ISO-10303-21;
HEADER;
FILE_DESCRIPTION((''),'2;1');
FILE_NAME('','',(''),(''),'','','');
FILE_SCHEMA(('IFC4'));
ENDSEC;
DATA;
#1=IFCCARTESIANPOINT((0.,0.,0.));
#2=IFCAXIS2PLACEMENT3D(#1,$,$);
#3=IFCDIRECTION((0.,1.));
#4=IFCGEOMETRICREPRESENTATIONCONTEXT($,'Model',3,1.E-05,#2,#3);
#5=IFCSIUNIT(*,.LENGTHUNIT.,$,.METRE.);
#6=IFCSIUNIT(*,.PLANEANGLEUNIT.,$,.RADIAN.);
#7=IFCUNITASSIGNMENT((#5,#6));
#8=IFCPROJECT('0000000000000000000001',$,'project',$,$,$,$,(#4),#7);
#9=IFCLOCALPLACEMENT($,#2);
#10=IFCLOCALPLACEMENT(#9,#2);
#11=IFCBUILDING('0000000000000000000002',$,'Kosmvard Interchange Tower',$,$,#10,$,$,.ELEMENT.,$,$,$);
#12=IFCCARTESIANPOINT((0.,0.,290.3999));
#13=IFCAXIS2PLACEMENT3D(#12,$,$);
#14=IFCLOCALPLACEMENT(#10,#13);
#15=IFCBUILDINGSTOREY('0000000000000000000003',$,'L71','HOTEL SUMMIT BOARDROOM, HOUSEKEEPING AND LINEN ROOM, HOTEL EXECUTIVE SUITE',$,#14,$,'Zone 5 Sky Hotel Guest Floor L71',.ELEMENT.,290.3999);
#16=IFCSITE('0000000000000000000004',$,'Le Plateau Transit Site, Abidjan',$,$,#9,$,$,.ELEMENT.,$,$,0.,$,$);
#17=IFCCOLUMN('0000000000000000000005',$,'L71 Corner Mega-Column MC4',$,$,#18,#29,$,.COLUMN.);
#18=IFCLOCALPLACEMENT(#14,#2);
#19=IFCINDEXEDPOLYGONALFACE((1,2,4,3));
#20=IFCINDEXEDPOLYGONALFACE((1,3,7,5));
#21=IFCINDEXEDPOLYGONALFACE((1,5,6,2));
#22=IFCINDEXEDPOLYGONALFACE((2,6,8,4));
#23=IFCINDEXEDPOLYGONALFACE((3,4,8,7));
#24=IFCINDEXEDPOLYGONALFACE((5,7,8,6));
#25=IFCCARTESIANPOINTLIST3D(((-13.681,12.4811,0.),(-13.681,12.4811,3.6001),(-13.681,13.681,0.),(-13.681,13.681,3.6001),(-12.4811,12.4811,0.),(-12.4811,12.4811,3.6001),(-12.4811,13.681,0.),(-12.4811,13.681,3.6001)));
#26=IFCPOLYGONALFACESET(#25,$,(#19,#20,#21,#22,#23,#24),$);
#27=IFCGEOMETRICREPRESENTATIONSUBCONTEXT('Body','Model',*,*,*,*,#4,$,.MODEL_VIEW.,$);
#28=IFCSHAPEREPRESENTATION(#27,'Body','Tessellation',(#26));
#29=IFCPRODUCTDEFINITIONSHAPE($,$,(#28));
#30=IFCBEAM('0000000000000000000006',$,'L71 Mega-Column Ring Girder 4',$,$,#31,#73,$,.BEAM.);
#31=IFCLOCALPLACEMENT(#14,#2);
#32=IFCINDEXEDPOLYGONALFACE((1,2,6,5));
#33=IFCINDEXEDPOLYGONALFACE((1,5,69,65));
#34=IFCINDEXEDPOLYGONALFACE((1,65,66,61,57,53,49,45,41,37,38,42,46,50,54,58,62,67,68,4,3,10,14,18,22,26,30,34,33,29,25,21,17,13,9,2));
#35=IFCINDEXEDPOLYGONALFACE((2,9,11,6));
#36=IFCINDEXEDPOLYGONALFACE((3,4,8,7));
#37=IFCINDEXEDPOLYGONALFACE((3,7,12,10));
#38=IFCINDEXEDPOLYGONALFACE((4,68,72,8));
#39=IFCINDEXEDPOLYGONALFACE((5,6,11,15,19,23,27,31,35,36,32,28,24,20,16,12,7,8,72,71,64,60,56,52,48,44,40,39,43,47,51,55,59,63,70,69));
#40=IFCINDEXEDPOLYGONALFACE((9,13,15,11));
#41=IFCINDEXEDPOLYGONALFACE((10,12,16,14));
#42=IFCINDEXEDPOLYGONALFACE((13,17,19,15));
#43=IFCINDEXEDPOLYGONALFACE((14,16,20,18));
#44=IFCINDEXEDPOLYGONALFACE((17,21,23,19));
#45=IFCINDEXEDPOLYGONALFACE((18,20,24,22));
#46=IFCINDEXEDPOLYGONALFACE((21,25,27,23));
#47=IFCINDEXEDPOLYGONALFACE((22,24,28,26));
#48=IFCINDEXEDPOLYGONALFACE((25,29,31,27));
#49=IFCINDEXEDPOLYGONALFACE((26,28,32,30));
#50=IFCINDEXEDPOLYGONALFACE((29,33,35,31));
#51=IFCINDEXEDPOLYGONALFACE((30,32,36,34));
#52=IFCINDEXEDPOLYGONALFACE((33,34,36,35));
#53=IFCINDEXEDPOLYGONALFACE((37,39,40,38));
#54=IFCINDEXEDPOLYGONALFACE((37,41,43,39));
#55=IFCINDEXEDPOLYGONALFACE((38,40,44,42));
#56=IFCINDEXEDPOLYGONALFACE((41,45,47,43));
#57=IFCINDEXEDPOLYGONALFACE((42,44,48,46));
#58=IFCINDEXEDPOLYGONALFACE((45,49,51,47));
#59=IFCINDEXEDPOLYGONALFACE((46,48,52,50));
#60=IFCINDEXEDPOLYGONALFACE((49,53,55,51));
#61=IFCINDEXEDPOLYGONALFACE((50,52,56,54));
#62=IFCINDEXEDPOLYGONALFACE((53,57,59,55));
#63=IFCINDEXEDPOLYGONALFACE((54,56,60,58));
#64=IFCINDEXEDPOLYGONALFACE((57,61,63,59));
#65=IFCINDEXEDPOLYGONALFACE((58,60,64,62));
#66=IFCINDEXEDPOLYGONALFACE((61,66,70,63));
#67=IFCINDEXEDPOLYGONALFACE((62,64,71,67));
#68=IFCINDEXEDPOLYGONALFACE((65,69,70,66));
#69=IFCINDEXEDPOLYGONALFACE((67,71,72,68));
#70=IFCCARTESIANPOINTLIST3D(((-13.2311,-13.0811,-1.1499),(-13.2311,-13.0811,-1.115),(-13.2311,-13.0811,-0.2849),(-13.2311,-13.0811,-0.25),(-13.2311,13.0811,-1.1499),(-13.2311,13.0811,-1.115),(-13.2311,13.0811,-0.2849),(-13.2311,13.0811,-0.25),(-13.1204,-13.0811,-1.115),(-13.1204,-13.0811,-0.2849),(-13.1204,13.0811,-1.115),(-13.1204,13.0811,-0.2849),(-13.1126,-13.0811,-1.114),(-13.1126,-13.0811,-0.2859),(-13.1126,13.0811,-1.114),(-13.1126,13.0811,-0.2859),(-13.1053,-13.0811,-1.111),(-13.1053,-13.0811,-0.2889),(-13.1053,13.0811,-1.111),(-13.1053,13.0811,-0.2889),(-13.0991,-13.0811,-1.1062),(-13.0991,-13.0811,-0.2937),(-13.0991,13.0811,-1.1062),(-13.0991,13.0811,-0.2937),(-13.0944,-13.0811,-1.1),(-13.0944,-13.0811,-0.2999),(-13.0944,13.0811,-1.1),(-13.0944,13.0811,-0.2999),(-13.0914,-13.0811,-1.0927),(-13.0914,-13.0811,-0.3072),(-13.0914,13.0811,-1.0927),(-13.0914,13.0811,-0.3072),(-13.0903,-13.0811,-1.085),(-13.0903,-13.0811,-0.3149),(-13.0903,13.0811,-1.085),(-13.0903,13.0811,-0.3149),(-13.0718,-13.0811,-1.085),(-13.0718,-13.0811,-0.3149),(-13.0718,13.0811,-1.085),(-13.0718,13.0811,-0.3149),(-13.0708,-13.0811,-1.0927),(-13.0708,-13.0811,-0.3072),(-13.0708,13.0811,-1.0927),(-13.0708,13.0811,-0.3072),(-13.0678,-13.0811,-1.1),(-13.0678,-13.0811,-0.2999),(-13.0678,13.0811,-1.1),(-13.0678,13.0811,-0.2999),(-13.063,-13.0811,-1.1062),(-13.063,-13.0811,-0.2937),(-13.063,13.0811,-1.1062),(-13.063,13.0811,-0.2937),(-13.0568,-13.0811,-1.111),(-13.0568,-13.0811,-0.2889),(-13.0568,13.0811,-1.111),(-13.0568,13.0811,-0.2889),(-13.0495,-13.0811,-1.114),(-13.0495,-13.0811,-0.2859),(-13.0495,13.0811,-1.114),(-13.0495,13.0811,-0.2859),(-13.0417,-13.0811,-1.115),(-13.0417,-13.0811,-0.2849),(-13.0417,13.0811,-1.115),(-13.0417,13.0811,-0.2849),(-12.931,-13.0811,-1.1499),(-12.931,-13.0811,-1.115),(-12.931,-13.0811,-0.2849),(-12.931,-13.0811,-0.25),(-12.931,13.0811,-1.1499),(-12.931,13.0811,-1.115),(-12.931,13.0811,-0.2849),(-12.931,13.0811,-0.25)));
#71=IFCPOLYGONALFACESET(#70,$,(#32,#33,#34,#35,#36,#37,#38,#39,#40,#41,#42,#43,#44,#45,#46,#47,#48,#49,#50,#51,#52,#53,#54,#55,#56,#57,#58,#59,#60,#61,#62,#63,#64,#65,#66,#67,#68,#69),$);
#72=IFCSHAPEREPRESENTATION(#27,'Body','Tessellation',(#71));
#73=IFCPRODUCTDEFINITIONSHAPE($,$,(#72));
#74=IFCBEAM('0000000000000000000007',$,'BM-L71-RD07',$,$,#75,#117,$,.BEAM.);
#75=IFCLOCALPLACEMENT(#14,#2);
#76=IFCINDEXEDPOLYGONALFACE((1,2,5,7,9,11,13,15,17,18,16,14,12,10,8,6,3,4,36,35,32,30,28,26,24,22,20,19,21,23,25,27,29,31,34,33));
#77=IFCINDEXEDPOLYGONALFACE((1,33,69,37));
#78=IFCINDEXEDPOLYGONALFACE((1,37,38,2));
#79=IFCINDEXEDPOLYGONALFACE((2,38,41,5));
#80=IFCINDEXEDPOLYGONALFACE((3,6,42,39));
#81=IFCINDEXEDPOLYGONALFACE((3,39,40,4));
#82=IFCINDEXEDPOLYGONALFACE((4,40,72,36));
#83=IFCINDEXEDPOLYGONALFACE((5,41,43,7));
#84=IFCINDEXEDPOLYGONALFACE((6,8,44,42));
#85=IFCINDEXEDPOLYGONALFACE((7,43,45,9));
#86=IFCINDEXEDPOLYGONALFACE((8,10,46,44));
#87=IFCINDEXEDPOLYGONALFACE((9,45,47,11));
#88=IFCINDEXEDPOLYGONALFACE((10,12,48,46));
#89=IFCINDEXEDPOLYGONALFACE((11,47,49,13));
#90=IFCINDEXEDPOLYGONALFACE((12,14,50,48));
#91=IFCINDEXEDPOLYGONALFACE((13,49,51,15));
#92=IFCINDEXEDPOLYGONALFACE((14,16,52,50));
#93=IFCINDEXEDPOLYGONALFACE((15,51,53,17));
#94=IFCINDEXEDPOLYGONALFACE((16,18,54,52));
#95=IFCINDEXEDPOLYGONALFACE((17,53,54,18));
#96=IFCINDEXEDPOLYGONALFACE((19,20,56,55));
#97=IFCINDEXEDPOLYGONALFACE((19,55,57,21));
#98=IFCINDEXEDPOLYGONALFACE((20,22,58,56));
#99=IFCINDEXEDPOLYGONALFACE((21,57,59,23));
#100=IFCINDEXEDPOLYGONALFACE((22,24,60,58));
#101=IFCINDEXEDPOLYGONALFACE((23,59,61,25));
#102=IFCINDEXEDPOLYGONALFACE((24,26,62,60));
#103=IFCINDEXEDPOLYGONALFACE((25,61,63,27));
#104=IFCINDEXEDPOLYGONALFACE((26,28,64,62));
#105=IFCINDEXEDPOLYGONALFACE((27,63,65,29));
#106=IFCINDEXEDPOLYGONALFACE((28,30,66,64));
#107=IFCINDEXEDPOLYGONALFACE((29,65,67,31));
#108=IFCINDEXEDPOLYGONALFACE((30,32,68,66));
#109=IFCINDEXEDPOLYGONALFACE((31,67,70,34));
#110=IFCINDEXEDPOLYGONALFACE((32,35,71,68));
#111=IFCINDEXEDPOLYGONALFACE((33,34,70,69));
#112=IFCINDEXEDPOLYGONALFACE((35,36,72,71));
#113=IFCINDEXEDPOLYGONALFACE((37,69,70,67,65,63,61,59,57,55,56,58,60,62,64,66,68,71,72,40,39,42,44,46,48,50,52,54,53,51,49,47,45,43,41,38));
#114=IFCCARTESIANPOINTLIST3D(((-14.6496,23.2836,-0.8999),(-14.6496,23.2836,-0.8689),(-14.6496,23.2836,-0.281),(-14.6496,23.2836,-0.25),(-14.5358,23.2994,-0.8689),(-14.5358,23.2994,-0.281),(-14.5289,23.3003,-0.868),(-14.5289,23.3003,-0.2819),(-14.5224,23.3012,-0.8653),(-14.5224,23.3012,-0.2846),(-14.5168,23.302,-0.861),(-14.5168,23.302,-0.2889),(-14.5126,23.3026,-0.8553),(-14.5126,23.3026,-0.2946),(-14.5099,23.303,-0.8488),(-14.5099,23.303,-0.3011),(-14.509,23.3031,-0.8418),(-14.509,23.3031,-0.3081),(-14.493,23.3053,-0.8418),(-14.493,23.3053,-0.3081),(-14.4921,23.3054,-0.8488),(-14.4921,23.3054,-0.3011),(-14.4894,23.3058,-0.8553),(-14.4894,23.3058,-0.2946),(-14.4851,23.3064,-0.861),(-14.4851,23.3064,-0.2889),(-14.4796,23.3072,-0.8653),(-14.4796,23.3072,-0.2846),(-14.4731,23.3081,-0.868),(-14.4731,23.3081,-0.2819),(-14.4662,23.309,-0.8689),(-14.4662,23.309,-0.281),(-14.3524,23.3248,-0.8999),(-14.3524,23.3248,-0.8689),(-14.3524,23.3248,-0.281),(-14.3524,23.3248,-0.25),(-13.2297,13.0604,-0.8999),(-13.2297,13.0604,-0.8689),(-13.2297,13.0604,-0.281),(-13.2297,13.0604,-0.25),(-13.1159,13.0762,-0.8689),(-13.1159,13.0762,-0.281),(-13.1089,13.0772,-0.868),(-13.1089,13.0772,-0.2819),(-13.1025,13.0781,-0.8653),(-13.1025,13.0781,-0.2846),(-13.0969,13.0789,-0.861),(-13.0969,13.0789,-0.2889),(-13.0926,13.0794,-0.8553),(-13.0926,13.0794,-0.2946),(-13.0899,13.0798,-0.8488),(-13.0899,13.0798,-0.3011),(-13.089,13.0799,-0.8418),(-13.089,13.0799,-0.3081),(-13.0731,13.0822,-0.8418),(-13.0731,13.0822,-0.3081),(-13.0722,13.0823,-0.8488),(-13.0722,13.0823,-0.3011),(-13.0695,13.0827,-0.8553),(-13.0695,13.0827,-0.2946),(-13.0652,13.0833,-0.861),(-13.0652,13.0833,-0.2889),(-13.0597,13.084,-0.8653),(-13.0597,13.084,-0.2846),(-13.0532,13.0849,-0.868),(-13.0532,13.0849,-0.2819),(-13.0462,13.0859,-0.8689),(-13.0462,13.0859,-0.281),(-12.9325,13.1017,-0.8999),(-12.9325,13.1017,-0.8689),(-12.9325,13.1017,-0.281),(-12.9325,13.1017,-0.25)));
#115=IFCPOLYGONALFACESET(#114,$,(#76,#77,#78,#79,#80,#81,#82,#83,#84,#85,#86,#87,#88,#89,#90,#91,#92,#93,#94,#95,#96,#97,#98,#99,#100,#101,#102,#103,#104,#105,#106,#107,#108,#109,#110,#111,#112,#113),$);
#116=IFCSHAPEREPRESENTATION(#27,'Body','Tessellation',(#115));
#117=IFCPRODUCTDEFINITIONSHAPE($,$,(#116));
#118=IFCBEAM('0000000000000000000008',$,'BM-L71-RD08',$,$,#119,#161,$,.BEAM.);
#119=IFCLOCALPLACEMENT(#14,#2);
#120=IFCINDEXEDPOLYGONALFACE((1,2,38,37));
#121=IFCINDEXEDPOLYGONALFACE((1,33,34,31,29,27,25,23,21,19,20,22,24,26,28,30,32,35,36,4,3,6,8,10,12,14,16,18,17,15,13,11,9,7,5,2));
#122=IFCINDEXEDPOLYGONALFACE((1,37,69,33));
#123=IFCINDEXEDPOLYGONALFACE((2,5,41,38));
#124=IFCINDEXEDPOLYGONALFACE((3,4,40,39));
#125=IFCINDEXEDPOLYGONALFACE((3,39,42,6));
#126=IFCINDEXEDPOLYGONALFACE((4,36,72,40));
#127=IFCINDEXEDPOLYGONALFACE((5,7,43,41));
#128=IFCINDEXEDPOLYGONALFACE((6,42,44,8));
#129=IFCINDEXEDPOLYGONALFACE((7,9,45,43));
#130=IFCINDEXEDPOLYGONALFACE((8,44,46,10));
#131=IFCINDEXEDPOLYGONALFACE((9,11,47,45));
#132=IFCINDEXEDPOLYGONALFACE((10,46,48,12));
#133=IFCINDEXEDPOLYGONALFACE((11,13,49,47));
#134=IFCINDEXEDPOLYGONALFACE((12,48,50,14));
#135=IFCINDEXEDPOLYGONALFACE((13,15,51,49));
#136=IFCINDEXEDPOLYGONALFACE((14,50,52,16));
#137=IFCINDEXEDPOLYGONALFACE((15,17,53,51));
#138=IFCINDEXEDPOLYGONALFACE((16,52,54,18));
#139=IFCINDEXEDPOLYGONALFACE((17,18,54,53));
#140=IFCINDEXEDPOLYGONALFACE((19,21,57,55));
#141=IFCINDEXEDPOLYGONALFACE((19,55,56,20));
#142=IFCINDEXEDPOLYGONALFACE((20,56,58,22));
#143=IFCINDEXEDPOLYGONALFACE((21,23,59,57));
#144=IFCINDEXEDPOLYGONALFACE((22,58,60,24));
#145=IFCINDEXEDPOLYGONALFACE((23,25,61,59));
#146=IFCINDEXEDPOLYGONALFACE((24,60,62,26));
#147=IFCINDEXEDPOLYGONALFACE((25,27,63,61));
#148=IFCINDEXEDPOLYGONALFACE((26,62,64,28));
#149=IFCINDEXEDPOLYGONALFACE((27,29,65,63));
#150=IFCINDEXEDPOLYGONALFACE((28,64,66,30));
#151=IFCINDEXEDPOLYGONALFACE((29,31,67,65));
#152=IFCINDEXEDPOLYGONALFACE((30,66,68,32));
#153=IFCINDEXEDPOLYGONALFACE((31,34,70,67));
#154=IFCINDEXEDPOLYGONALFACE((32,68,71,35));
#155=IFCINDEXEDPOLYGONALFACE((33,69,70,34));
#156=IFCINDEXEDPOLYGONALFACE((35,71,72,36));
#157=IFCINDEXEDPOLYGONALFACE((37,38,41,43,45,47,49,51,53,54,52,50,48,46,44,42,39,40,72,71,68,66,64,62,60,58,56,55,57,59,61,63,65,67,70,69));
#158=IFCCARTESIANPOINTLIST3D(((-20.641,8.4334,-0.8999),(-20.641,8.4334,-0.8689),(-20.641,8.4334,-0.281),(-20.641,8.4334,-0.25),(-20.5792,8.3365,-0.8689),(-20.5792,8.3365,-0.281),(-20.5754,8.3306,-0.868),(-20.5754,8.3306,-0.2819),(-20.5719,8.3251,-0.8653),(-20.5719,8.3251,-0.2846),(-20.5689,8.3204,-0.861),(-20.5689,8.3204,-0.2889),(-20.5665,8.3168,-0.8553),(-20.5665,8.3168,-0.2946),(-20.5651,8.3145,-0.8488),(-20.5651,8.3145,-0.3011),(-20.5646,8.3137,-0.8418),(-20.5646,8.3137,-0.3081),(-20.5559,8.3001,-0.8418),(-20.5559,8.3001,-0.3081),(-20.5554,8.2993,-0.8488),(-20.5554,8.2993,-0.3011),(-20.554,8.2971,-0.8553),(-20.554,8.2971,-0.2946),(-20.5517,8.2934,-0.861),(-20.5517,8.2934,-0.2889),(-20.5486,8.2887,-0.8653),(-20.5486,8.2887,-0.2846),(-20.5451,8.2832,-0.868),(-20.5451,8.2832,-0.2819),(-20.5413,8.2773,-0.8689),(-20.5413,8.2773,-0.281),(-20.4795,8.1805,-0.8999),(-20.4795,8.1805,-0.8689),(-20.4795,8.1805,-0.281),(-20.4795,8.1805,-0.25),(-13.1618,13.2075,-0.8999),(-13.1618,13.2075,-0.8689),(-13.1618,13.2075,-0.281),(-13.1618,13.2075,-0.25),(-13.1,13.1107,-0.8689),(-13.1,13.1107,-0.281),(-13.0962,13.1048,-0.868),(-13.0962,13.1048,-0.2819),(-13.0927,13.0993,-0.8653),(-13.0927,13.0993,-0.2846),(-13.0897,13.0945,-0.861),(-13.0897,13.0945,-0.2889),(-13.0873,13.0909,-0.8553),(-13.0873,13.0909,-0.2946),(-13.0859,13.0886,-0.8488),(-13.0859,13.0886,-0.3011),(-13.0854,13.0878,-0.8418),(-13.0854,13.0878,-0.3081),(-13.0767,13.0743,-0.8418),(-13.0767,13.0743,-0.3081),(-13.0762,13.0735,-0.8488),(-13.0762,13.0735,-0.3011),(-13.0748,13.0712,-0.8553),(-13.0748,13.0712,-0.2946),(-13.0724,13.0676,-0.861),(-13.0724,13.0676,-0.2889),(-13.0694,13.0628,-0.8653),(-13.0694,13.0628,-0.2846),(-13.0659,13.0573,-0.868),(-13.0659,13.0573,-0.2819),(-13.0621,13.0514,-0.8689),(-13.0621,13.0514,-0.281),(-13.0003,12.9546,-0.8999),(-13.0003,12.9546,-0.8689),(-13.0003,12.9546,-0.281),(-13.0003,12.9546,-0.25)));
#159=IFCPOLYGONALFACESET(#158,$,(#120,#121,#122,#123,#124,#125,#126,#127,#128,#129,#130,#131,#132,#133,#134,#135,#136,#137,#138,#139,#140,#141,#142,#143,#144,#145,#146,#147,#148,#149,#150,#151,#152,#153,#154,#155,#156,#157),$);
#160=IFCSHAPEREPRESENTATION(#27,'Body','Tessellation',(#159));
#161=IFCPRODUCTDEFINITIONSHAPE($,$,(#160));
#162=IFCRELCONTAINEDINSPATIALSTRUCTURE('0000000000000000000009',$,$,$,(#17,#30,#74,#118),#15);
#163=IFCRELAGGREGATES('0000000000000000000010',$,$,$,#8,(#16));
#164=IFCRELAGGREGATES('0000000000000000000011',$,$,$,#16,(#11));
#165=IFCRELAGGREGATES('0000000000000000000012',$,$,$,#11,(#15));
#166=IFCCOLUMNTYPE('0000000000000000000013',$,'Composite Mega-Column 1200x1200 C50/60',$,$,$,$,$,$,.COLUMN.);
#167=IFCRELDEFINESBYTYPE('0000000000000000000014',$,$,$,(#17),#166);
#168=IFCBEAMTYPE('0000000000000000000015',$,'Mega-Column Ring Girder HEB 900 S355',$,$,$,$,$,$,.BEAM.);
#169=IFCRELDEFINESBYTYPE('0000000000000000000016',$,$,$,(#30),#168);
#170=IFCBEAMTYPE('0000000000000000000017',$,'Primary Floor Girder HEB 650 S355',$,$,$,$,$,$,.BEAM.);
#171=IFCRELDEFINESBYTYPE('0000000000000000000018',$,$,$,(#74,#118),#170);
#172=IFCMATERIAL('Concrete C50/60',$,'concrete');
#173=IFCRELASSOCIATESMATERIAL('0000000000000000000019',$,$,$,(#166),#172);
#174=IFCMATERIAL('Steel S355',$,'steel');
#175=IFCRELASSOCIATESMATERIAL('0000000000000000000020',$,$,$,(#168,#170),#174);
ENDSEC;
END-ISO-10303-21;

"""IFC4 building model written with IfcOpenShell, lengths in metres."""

from ifc_helpers import new_model, si_unit, direction, frame, origin, origin_2d, place, context, subcontext, project, spatial, rectangle, i_section, extrude, source, transform, mapped, material, material_profile, profile_set, type_object, element, save


model = new_model("IFC4")

# Units and contexts
model_context = context("Model", 3, precision=1e-05, world=origin(), true_north=direction((0.0, 1.0)))
body_context = subcontext(model_context, "Body", "Model", "MODEL_VIEW")
ifc_project = project(units=[si_unit("LENGTHUNIT", "METRE"), si_unit("PLANEANGLEUNIT", "RADIAN")], contexts=[model_context])

# Site, building, storey
site_placement = place(None, origin())
site = spatial("IfcSite", under=ifc_project, at=site_placement, Name="Le Plateau Transit Site, Abidjan", CompositionType="ELEMENT", RefElevation=0.0)
building_placement = place(site_placement, origin())
building = spatial("IfcBuilding", under=site, at=building_placement, Name="Kosmvard Interchange Tower", CompositionType="ELEMENT")
storey_placement = place(building_placement, frame((0.0, 0.0, 290.3999)))
storey = spatial("IfcBuildingStorey", under=building, at=storey_placement, Name="L71", Description="HOTEL SUMMIT BOARDROOM, HOUSEKEEPING AND LINEN ROOM, HOTEL EXECUTIVE SUITE", LongName="Zone 5 Sky Hotel Guest Floor L71", CompositionType="ELEMENT", Elevation=290.3999)

# Column
ifc_material_1 = material(Name="Concrete C50/60", Category="concrete")
ifc_material_profile_1 = material_profile(ifc_material_1, rectangle(XDim=1.2, YDim=1.2, at=origin_2d()), Name="MC 1200x1200")
ifc_profile_set_1 = profile_set([ifc_material_profile_1], Name="Concrete C50/60")
column_type = type_object("IfcColumnType", Name="Composite Mega-Column 1200x1200 C50/60", PredefinedType="COLUMN", material=ifc_profile_set_1)
shared_shape_1 = source(origin(), body_context, "Body", "SweptSolid", [
    extrude(rectangle(XDim=1.2, YDim=1.2, at=origin_2d()), origin(), (0.0, 0.0, 1.0), 3.6001),
])
column_placement = place(storey_placement, frame((-13.0811, 13.0811, 0.0), z_axis=(0.0, 0.0, 1.0), x_axis=(1.0, 0.0, 0.0)))
element("IfcColumn", 1, at=column_placement, inside=storey, type_object=column_type, Name="L71 Corner Mega-Column MC4", PredefinedType="COLUMN", context=body_context, shape_type="MappedRepresentation", body=[
    mapped(shared_shape_1, transform((0.0, 0.0, 0.0), scale=1.0)),
])

# Beams
ifc_material_2 = material(Name="Steel S355", Category="steel")
ifc_material_profile_2 = material_profile(ifc_material_2, i_section(OverallWidth=0.3, OverallDepth=0.8999, WebThickness=0.0186, FlangeThickness=0.0349, FilletRadius=0.03, at=origin_2d()), Name="HEB 900")
ifc_profile_set_2 = profile_set([ifc_material_profile_2], Name="Steel S355")
beam_type_1 = type_object("IfcBeamType", Name="Mega-Column Ring Girder HEB 900 S355", PredefinedType="BEAM", material=ifc_profile_set_2)
shared_shape_2 = source(origin(), body_context, "Body", "SweptSolid", [
    extrude(i_section(OverallWidth=0.3, OverallDepth=0.8999, WebThickness=0.0186, FlangeThickness=0.0349, FilletRadius=0.03, at=origin_2d()), origin(), (0.0, 0.0, 1.0), 26.1621),
])
beam_1_placement = place(storey_placement, frame((-13.0811, 13.0811, -0.7), z_axis=(0.0, -1.0, 0.0), x_axis=(1.0, 0.0, 0.0)))
element("IfcBeam", 2, at=beam_1_placement, inside=storey, type_object=beam_type_1, Name="L71 Mega-Column Ring Girder 4", PredefinedType="BEAM", context=body_context, shape_type="MappedRepresentation", body=[
    mapped(shared_shape_2, transform((0.0, 0.0, 0.0), scale=1.0)),
])
ifc_material_profile_3 = material_profile(ifc_material_2, i_section(OverallWidth=0.3, OverallDepth=0.6499, WebThickness=0.0161, FlangeThickness=0.031, FilletRadius=0.0271, at=origin_2d()), Name="HEB 650")
ifc_profile_set_3 = profile_set([ifc_material_profile_3], Name="Steel S355")
beam_type_2 = type_object("IfcBeamType", Name="Primary Floor Girder HEB 650 S355", PredefinedType="BEAM", material=ifc_profile_set_3)
shared_shape_3 = source(origin(), body_context, "Body", "SweptSolid", [
    extrude(i_section(OverallWidth=0.3, OverallDepth=0.6499, WebThickness=0.0161, FlangeThickness=0.031, FilletRadius=0.0271, at=origin_2d()), origin(), (0.0, 0.0, 1.0), 10.3213),
])
beam_2_placement = place(storey_placement, frame((-13.0811, 13.0811, -0.575), z_axis=(-0.137572, 0.990492, 0.0), x_axis=(-0.990492, -0.137572, 0.0)))
element("IfcBeam", 3, at=beam_2_placement, inside=storey, type_object=beam_type_2, Name="BM-L71-RD07", PredefinedType="BEAM", context=body_context, shape_type="MappedRepresentation", body=[
    mapped(shared_shape_3, transform((0.0, 0.0, 0.0), scale=1.0)),
])
shared_shape_4 = source(origin(), body_context, "Body", "SweptSolid", [
    extrude(i_section(OverallWidth=0.3, OverallDepth=0.6499, WebThickness=0.0161, FlangeThickness=0.031, FilletRadius=0.0271, at=origin_2d()), origin(), (0.0, 0.0, 1.0), 8.873),
])
beam_3_placement = place(storey_placement, frame((-13.0811, 13.0811, -0.575), z_axis=(-0.842913, -0.53805, 0.0), x_axis=(0.53805, -0.842913, 0.0)))
element("IfcBeam", 4, at=beam_3_placement, inside=storey, type_object=beam_type_2, Name="BM-L71-RD08", PredefinedType="BEAM", context=body_context, shape_type="MappedRepresentation", body=[
    mapped(shared_shape_4, transform((0.0, 0.0, 0.0), scale=1.0)),
])

save(model, "model.ifc")
